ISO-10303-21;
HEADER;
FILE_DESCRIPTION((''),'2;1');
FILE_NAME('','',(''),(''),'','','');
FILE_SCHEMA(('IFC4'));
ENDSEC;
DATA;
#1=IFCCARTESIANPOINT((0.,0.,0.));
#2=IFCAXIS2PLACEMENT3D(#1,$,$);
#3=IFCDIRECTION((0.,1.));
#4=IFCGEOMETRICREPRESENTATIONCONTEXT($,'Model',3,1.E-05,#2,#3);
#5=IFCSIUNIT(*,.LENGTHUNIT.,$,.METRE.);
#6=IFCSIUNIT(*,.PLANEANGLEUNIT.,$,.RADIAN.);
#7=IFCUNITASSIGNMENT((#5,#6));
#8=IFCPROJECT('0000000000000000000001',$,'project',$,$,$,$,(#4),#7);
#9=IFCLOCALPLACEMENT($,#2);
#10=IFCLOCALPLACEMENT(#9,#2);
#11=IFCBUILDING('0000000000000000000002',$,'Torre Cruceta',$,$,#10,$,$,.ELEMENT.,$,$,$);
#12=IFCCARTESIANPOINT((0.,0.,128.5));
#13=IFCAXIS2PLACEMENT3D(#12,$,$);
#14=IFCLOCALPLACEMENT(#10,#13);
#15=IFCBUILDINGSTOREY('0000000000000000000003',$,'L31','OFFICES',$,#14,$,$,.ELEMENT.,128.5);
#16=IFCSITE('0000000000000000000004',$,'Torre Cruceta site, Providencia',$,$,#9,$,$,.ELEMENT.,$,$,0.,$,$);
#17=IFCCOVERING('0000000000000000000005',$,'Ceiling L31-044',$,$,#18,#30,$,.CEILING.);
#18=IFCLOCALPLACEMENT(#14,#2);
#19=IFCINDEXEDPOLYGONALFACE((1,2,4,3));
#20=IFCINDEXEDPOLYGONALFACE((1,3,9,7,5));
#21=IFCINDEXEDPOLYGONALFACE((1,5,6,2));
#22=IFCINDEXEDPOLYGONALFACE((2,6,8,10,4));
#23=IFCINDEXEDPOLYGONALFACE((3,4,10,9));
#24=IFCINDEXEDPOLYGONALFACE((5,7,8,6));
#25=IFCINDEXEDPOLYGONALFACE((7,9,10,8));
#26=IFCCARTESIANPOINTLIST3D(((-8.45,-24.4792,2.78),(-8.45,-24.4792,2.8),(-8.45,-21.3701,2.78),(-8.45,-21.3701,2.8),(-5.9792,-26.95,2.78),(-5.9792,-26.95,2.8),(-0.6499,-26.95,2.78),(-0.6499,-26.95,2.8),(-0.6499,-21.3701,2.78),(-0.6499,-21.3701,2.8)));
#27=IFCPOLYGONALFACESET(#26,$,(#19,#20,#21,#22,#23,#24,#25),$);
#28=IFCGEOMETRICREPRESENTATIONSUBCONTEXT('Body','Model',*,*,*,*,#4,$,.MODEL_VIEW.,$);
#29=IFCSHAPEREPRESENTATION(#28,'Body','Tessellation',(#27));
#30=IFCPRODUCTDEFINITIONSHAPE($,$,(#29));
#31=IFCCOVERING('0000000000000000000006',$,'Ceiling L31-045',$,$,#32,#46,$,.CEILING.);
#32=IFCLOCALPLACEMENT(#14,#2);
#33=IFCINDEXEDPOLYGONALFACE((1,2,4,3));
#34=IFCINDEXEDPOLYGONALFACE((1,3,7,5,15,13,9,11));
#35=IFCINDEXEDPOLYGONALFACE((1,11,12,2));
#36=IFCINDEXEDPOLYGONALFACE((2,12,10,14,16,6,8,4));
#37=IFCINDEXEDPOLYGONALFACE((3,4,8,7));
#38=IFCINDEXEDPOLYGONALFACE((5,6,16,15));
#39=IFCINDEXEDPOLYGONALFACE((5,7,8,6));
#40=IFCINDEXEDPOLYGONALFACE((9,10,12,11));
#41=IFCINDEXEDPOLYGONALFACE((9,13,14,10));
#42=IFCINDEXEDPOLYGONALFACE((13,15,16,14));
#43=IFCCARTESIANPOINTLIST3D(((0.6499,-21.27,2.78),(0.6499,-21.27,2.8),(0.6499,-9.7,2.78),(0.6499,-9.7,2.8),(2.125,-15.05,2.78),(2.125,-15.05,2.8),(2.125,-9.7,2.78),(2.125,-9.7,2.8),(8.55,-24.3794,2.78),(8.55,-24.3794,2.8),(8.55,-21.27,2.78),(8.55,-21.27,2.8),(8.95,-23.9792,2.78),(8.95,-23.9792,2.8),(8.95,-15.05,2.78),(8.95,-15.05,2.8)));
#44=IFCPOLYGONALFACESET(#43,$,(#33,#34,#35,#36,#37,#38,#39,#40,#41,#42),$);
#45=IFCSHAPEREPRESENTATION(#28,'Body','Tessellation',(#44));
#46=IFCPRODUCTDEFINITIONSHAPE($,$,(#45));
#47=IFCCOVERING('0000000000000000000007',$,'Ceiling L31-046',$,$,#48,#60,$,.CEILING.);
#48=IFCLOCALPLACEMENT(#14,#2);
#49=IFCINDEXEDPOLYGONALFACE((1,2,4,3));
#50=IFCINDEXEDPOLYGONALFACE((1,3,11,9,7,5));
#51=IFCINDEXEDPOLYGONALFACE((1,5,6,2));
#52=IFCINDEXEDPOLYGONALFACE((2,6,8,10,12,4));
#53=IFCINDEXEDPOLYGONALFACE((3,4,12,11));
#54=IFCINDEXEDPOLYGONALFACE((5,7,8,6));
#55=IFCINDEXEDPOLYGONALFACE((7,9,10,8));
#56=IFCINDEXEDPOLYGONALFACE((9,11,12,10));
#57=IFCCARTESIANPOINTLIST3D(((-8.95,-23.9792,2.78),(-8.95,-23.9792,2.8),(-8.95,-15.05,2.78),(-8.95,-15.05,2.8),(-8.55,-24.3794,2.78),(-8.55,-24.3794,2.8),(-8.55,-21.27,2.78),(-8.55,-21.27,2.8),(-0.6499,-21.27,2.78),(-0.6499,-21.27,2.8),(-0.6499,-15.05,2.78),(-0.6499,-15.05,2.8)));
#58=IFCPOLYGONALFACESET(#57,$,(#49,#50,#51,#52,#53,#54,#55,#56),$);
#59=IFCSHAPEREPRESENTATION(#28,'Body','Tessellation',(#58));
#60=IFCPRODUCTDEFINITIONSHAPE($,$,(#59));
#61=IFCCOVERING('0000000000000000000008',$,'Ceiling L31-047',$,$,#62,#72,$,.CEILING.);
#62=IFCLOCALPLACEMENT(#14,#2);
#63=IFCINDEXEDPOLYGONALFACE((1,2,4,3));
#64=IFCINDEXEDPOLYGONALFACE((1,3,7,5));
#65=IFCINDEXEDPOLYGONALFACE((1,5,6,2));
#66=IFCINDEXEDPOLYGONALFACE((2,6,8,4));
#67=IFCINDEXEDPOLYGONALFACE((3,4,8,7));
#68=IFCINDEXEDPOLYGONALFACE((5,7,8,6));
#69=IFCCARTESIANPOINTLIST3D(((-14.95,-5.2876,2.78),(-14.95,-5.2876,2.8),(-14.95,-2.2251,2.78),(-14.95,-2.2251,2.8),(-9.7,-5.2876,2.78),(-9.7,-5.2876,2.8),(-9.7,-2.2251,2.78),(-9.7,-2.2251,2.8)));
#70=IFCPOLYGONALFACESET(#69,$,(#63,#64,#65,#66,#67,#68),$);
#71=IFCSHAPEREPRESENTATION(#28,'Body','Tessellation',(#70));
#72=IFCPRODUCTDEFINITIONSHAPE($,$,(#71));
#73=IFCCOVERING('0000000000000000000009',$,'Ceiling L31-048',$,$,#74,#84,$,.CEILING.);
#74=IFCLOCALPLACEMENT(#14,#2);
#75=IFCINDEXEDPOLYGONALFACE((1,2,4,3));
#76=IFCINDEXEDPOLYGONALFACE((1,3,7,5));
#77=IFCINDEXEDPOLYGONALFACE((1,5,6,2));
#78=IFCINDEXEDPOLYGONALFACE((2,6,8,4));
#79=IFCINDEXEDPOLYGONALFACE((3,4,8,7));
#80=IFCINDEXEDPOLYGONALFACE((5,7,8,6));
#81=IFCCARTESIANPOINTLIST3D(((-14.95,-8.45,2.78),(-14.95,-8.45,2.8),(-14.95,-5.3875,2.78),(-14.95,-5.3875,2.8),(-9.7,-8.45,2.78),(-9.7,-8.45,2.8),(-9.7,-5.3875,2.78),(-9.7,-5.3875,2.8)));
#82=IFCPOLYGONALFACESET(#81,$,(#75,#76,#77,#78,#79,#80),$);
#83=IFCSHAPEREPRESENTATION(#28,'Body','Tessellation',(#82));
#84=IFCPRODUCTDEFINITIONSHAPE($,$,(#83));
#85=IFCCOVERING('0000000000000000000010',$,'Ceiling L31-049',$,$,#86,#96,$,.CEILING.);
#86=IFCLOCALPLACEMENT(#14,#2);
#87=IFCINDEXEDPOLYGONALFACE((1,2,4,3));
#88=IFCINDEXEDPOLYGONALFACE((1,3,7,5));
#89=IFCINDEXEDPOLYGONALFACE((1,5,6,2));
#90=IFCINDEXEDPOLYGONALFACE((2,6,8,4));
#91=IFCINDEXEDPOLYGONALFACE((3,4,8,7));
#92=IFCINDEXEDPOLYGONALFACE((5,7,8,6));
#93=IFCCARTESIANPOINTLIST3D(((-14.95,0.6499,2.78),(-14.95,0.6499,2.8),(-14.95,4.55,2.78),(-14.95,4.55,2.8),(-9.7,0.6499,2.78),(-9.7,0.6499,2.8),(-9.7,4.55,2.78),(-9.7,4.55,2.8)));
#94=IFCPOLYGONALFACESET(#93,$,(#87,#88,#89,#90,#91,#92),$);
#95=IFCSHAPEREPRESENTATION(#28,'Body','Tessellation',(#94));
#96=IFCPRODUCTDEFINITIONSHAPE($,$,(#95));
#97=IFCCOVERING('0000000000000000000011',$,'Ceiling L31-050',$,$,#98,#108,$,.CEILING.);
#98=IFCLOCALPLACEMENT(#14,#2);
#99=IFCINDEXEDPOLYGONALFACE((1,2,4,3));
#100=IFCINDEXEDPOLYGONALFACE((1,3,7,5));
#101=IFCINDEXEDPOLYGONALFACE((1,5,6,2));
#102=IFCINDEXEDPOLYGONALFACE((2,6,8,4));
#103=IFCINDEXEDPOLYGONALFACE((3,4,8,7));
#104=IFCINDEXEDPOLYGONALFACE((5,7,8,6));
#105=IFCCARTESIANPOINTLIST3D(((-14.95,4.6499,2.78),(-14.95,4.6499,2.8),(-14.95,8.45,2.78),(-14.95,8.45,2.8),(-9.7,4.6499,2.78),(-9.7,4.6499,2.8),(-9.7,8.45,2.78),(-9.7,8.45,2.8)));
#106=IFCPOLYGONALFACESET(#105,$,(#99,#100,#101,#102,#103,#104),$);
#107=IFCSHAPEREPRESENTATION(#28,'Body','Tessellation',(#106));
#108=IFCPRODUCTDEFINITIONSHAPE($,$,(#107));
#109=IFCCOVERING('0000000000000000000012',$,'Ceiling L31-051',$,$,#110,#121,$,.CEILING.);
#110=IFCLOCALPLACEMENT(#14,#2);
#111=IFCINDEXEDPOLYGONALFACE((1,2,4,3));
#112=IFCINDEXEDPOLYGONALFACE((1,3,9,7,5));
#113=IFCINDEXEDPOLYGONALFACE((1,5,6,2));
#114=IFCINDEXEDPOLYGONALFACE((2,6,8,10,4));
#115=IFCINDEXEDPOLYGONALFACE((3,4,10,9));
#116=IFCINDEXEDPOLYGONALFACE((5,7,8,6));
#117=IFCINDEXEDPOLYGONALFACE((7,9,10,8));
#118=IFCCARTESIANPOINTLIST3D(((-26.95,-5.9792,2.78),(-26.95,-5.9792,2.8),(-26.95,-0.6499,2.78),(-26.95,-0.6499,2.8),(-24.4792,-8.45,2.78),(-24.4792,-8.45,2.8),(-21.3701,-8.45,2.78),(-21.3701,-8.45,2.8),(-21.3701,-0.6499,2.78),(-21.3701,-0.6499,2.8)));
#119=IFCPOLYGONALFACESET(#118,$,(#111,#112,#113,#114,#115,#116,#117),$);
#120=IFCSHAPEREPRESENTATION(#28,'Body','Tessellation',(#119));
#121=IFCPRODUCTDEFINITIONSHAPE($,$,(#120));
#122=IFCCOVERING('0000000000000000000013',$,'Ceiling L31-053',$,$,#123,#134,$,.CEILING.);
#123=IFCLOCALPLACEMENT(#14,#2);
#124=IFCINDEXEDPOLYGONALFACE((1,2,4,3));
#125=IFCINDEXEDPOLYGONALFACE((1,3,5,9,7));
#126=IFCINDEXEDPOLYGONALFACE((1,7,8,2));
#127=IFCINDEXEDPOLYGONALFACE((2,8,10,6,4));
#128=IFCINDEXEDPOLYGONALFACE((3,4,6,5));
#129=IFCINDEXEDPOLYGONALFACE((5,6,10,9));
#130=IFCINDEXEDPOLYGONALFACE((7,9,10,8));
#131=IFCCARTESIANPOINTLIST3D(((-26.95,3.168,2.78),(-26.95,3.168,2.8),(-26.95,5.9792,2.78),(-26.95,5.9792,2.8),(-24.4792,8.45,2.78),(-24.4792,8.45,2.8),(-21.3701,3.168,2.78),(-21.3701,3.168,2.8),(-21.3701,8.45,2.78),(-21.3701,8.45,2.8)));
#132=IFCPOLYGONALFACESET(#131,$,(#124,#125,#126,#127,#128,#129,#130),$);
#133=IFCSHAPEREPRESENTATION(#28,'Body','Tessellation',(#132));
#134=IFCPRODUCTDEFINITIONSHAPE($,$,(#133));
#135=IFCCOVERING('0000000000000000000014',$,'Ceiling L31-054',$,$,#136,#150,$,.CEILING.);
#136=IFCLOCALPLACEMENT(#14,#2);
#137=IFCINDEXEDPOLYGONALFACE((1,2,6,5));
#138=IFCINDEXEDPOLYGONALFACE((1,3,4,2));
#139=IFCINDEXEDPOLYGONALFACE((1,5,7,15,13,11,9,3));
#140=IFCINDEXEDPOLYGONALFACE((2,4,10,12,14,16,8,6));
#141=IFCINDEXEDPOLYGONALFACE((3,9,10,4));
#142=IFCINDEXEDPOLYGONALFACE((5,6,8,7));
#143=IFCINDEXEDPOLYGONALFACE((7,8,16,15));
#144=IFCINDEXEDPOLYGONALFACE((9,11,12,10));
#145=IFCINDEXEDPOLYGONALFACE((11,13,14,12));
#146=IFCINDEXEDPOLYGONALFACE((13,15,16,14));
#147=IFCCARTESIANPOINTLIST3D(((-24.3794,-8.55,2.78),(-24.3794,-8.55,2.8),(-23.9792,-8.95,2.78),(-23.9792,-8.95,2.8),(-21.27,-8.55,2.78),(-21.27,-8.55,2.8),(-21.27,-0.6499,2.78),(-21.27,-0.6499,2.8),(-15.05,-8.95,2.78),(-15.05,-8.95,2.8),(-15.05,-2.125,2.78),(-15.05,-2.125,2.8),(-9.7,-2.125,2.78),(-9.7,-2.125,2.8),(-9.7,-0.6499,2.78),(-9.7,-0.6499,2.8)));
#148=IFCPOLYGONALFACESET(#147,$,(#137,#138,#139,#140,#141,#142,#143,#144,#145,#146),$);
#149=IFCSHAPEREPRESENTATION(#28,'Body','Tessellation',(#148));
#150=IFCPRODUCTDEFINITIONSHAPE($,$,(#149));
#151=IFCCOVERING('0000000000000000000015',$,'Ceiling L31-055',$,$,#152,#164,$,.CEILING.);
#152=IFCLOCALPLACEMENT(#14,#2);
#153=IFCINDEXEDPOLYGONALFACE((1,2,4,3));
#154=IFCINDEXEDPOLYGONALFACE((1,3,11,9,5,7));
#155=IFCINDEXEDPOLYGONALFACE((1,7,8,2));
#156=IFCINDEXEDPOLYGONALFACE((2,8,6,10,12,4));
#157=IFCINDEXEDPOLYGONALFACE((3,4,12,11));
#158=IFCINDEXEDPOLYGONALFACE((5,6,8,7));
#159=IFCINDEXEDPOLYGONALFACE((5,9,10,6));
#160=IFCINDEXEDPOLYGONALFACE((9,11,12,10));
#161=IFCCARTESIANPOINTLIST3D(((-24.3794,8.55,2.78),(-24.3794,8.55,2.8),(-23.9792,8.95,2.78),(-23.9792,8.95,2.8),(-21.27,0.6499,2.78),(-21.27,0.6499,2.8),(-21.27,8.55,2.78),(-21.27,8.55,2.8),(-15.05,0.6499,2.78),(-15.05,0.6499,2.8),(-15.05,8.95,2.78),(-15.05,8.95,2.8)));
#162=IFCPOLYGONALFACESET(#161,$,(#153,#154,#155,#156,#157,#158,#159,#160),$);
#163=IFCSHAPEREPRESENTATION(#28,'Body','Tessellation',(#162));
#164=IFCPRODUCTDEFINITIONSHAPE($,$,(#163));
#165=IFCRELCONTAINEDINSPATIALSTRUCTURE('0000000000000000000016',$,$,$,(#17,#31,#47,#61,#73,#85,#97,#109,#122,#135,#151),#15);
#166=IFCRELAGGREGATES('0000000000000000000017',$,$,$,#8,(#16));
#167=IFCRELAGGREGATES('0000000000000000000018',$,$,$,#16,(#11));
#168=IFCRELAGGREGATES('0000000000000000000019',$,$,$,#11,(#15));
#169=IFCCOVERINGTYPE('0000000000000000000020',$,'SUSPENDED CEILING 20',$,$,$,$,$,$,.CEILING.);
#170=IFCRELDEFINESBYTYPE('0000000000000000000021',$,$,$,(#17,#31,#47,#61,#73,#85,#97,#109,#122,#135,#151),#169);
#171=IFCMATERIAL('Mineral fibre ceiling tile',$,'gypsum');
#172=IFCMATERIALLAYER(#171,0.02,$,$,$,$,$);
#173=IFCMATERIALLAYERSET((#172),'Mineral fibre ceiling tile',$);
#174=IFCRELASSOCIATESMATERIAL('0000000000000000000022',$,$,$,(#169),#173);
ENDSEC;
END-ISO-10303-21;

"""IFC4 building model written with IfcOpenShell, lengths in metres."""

from ifc_helpers import new_model, si_unit, direction, frame, origin, place, context, subcontext, project, spatial, polyline, outline, extrude, material, layer, layer_set, type_object, element, save


model = new_model("IFC4")

# Units and contexts
model_context = context("Model", 3, precision=1e-05, world=origin(), true_north=direction((0.0, 1.0)))
body_context = subcontext(model_context, "Body", "Model", "MODEL_VIEW")
ifc_project = project(units=[si_unit("LENGTHUNIT", "METRE"), si_unit("PLANEANGLEUNIT", "RADIAN")], contexts=[model_context])

# Site, building, storey
site_placement = place(None, origin())
site = spatial("IfcSite", under=ifc_project, at=site_placement, Name="Torre Cruceta site, Providencia", CompositionType="ELEMENT", RefElevation=0.0)
building_placement = place(site_placement, origin())
building = spatial("IfcBuilding", under=site, at=building_placement, Name="Torre Cruceta", CompositionType="ELEMENT")
storey_placement = place(building_placement, frame((0.0, 0.0, 128.5)))
storey = spatial("IfcBuildingStorey", under=building, at=storey_placement, Name="L31", Description="OFFICES", CompositionType="ELEMENT", Elevation=128.5)

# Coverings
ifc_material_1 = material(Name="Mineral fibre ceiling tile", Category="gypsum")
ifc_layer = layer(ifc_material_1, 0.02)
ifc_layer_set = layer_set([ifc_layer], Name="Mineral fibre ceiling tile")
covering_type_1 = type_object("IfcCoveringType", Name="SUSPENDED CEILING 20", PredefinedType="CEILING", material=ifc_layer_set)
covering_1_placement = place(storey_placement, frame((0.0, 0.0, 2.78)))
element("IfcCovering", 1, at=covering_1_placement, inside=storey, type_object=covering_type_1, Name="Ceiling L31-044", PredefinedType="CEILING", context=body_context, shape_type="SweptSolid", body=[
    extrude(outline(polyline([(-8.45, -24.4792), (-8.45, -21.3701), (-0.6499, -21.3701), (-0.6499, -26.95), (-5.9792, -26.95), (-8.45, -24.4792)])), origin(), (0.0, 0.0, 1.0), 0.02),
])
covering_2_placement = place(storey_placement, frame((0.0, 0.0, 2.78)))
element("IfcCovering", 2, at=covering_2_placement, inside=storey, type_object=covering_type_1, Name="Ceiling L31-045", PredefinedType="CEILING", context=body_context, shape_type="SweptSolid", body=[
    extrude(outline(polyline([(2.125, -9.7), (2.125, -15.05), (8.95, -15.05), (8.95, -23.9792), (8.55, -24.3794), (8.55, -21.27), (0.6499, -21.27), (0.6499, -9.7), (2.125, -9.7)])), origin(), (0.0, 0.0, 1.0), 0.02),
])
covering_3_placement = place(storey_placement, frame((0.0, 0.0, 2.78)))
element("IfcCovering", 3, at=covering_3_placement, inside=storey, type_object=covering_type_1, Name="Ceiling L31-046", PredefinedType="CEILING", context=body_context, shape_type="SweptSolid", body=[
    extrude(outline(polyline([(-8.95, -15.05), (-0.6499, -15.05), (-0.6499, -21.27), (-8.55, -21.27), (-8.55, -24.3794), (-8.95, -23.9792), (-8.95, -15.05)])), origin(), (0.0, 0.0, 1.0), 0.02),
])
covering_4_placement = place(storey_placement, frame((0.0, 0.0, 2.78)))
element("IfcCovering", 4, at=covering_4_placement, inside=storey, type_object=covering_type_1, Name="Ceiling L31-047", PredefinedType="CEILING", context=body_context, shape_type="SweptSolid", body=[
    extrude(outline(polyline([(-9.7, -2.2251), (-9.7, -5.2876), (-14.95, -5.2876), (-14.95, -2.2251), (-9.7, -2.2251)])), origin(), (0.0, 0.0, 1.0), 0.02),
])
covering_5_placement = place(storey_placement, frame((0.0, 0.0, 2.78)))
element("IfcCovering", 5, at=covering_5_placement, inside=storey, type_object=covering_type_1, Name="Ceiling L31-048", PredefinedType="CEILING", context=body_context, shape_type="SweptSolid", body=[
    extrude(outline(polyline([(-9.7, -5.3875), (-9.7, -8.45), (-14.95, -8.45), (-14.95, -5.3875), (-9.7, -5.3875)])), origin(), (0.0, 0.0, 1.0), 0.02),
])
covering_6_placement = place(storey_placement, frame((0.0, 0.0, 2.78)))
element("IfcCovering", 6, at=covering_6_placement, inside=storey, type_object=covering_type_1, Name="Ceiling L31-049", PredefinedType="CEILING", context=body_context, shape_type="SweptSolid", body=[
    extrude(outline(polyline([(-9.7, 4.55), (-9.7, 0.6499), (-14.95, 0.6499), (-14.95, 4.55), (-9.7, 4.55)])), origin(), (0.0, 0.0, 1.0), 0.02),
])
covering_7_placement = place(storey_placement, frame((0.0, 0.0, 2.78)))
element("IfcCovering", 7, at=covering_7_placement, inside=storey, type_object=covering_type_1, Name="Ceiling L31-050", PredefinedType="CEILING", context=body_context, shape_type="SweptSolid", body=[
    extrude(outline(polyline([(-9.7, 8.45), (-9.7, 4.6499), (-14.95, 4.6499), (-14.95, 8.45), (-9.7, 8.45)])), origin(), (0.0, 0.0, 1.0), 0.02),
])
covering_8_placement = place(storey_placement, frame((0.0, 0.0, 2.78)))
element("IfcCovering", 8, at=covering_8_placement, inside=storey, type_object=covering_type_1, Name="Ceiling L31-051", PredefinedType="CEILING", context=body_context, shape_type="SweptSolid", body=[
    extrude(outline(polyline([(-26.95, -0.6499), (-21.3701, -0.6499), (-21.3701, -8.45), (-24.4792, -8.45), (-26.95, -5.9792), (-26.95, -0.6499)])), origin(), (0.0, 0.0, 1.0), 0.02),
])
covering_9_placement = place(storey_placement, frame((0.0, 0.0, 2.78)))
element("IfcCovering", 9, at=covering_9_placement, inside=storey, type_object=covering_type_1, Name="Ceiling L31-053", PredefinedType="CEILING", context=body_context, shape_type="SweptSolid", body=[
    extrude(outline(polyline([(-24.4792, 8.45), (-21.3701, 8.45), (-21.3701, 3.168), (-26.95, 3.168), (-26.95, 5.9792), (-24.4792, 8.45)])), origin(), (0.0, 0.0, 1.0), 0.02),
])
covering_10_placement = place(storey_placement, frame((0.0, 0.0, 2.78)))
element("IfcCovering", 10, at=covering_10_placement, inside=storey, type_object=covering_type_1, Name="Ceiling L31-054", PredefinedType="CEILING", context=body_context, shape_type="SweptSolid", body=[
    extrude(outline(polyline([(-9.7, -2.125), (-15.05, -2.125), (-15.05, -8.95), (-23.9792, -8.95), (-24.3794, -8.55), (-21.27, -8.55), (-21.27, -0.6499), (-9.7, -0.6499), (-9.7, -2.125)])), origin(), (0.0, 0.0, 1.0), 0.02),
])
covering_11_placement = place(storey_placement, frame((0.0, 0.0, 2.78)))
element("IfcCovering", 11, at=covering_11_placement, inside=storey, type_object=covering_type_1, Name="Ceiling L31-055", PredefinedType="CEILING", context=body_context, shape_type="SweptSolid", body=[
    extrude(outline(polyline([(-15.05, 8.95), (-15.05, 0.6499), (-21.27, 0.6499), (-21.27, 8.55), (-24.3794, 8.55), (-23.9792, 8.95), (-15.05, 8.95)])), origin(), (0.0, 0.0, 1.0), 0.02),
])

save(model, "model.ifc")
